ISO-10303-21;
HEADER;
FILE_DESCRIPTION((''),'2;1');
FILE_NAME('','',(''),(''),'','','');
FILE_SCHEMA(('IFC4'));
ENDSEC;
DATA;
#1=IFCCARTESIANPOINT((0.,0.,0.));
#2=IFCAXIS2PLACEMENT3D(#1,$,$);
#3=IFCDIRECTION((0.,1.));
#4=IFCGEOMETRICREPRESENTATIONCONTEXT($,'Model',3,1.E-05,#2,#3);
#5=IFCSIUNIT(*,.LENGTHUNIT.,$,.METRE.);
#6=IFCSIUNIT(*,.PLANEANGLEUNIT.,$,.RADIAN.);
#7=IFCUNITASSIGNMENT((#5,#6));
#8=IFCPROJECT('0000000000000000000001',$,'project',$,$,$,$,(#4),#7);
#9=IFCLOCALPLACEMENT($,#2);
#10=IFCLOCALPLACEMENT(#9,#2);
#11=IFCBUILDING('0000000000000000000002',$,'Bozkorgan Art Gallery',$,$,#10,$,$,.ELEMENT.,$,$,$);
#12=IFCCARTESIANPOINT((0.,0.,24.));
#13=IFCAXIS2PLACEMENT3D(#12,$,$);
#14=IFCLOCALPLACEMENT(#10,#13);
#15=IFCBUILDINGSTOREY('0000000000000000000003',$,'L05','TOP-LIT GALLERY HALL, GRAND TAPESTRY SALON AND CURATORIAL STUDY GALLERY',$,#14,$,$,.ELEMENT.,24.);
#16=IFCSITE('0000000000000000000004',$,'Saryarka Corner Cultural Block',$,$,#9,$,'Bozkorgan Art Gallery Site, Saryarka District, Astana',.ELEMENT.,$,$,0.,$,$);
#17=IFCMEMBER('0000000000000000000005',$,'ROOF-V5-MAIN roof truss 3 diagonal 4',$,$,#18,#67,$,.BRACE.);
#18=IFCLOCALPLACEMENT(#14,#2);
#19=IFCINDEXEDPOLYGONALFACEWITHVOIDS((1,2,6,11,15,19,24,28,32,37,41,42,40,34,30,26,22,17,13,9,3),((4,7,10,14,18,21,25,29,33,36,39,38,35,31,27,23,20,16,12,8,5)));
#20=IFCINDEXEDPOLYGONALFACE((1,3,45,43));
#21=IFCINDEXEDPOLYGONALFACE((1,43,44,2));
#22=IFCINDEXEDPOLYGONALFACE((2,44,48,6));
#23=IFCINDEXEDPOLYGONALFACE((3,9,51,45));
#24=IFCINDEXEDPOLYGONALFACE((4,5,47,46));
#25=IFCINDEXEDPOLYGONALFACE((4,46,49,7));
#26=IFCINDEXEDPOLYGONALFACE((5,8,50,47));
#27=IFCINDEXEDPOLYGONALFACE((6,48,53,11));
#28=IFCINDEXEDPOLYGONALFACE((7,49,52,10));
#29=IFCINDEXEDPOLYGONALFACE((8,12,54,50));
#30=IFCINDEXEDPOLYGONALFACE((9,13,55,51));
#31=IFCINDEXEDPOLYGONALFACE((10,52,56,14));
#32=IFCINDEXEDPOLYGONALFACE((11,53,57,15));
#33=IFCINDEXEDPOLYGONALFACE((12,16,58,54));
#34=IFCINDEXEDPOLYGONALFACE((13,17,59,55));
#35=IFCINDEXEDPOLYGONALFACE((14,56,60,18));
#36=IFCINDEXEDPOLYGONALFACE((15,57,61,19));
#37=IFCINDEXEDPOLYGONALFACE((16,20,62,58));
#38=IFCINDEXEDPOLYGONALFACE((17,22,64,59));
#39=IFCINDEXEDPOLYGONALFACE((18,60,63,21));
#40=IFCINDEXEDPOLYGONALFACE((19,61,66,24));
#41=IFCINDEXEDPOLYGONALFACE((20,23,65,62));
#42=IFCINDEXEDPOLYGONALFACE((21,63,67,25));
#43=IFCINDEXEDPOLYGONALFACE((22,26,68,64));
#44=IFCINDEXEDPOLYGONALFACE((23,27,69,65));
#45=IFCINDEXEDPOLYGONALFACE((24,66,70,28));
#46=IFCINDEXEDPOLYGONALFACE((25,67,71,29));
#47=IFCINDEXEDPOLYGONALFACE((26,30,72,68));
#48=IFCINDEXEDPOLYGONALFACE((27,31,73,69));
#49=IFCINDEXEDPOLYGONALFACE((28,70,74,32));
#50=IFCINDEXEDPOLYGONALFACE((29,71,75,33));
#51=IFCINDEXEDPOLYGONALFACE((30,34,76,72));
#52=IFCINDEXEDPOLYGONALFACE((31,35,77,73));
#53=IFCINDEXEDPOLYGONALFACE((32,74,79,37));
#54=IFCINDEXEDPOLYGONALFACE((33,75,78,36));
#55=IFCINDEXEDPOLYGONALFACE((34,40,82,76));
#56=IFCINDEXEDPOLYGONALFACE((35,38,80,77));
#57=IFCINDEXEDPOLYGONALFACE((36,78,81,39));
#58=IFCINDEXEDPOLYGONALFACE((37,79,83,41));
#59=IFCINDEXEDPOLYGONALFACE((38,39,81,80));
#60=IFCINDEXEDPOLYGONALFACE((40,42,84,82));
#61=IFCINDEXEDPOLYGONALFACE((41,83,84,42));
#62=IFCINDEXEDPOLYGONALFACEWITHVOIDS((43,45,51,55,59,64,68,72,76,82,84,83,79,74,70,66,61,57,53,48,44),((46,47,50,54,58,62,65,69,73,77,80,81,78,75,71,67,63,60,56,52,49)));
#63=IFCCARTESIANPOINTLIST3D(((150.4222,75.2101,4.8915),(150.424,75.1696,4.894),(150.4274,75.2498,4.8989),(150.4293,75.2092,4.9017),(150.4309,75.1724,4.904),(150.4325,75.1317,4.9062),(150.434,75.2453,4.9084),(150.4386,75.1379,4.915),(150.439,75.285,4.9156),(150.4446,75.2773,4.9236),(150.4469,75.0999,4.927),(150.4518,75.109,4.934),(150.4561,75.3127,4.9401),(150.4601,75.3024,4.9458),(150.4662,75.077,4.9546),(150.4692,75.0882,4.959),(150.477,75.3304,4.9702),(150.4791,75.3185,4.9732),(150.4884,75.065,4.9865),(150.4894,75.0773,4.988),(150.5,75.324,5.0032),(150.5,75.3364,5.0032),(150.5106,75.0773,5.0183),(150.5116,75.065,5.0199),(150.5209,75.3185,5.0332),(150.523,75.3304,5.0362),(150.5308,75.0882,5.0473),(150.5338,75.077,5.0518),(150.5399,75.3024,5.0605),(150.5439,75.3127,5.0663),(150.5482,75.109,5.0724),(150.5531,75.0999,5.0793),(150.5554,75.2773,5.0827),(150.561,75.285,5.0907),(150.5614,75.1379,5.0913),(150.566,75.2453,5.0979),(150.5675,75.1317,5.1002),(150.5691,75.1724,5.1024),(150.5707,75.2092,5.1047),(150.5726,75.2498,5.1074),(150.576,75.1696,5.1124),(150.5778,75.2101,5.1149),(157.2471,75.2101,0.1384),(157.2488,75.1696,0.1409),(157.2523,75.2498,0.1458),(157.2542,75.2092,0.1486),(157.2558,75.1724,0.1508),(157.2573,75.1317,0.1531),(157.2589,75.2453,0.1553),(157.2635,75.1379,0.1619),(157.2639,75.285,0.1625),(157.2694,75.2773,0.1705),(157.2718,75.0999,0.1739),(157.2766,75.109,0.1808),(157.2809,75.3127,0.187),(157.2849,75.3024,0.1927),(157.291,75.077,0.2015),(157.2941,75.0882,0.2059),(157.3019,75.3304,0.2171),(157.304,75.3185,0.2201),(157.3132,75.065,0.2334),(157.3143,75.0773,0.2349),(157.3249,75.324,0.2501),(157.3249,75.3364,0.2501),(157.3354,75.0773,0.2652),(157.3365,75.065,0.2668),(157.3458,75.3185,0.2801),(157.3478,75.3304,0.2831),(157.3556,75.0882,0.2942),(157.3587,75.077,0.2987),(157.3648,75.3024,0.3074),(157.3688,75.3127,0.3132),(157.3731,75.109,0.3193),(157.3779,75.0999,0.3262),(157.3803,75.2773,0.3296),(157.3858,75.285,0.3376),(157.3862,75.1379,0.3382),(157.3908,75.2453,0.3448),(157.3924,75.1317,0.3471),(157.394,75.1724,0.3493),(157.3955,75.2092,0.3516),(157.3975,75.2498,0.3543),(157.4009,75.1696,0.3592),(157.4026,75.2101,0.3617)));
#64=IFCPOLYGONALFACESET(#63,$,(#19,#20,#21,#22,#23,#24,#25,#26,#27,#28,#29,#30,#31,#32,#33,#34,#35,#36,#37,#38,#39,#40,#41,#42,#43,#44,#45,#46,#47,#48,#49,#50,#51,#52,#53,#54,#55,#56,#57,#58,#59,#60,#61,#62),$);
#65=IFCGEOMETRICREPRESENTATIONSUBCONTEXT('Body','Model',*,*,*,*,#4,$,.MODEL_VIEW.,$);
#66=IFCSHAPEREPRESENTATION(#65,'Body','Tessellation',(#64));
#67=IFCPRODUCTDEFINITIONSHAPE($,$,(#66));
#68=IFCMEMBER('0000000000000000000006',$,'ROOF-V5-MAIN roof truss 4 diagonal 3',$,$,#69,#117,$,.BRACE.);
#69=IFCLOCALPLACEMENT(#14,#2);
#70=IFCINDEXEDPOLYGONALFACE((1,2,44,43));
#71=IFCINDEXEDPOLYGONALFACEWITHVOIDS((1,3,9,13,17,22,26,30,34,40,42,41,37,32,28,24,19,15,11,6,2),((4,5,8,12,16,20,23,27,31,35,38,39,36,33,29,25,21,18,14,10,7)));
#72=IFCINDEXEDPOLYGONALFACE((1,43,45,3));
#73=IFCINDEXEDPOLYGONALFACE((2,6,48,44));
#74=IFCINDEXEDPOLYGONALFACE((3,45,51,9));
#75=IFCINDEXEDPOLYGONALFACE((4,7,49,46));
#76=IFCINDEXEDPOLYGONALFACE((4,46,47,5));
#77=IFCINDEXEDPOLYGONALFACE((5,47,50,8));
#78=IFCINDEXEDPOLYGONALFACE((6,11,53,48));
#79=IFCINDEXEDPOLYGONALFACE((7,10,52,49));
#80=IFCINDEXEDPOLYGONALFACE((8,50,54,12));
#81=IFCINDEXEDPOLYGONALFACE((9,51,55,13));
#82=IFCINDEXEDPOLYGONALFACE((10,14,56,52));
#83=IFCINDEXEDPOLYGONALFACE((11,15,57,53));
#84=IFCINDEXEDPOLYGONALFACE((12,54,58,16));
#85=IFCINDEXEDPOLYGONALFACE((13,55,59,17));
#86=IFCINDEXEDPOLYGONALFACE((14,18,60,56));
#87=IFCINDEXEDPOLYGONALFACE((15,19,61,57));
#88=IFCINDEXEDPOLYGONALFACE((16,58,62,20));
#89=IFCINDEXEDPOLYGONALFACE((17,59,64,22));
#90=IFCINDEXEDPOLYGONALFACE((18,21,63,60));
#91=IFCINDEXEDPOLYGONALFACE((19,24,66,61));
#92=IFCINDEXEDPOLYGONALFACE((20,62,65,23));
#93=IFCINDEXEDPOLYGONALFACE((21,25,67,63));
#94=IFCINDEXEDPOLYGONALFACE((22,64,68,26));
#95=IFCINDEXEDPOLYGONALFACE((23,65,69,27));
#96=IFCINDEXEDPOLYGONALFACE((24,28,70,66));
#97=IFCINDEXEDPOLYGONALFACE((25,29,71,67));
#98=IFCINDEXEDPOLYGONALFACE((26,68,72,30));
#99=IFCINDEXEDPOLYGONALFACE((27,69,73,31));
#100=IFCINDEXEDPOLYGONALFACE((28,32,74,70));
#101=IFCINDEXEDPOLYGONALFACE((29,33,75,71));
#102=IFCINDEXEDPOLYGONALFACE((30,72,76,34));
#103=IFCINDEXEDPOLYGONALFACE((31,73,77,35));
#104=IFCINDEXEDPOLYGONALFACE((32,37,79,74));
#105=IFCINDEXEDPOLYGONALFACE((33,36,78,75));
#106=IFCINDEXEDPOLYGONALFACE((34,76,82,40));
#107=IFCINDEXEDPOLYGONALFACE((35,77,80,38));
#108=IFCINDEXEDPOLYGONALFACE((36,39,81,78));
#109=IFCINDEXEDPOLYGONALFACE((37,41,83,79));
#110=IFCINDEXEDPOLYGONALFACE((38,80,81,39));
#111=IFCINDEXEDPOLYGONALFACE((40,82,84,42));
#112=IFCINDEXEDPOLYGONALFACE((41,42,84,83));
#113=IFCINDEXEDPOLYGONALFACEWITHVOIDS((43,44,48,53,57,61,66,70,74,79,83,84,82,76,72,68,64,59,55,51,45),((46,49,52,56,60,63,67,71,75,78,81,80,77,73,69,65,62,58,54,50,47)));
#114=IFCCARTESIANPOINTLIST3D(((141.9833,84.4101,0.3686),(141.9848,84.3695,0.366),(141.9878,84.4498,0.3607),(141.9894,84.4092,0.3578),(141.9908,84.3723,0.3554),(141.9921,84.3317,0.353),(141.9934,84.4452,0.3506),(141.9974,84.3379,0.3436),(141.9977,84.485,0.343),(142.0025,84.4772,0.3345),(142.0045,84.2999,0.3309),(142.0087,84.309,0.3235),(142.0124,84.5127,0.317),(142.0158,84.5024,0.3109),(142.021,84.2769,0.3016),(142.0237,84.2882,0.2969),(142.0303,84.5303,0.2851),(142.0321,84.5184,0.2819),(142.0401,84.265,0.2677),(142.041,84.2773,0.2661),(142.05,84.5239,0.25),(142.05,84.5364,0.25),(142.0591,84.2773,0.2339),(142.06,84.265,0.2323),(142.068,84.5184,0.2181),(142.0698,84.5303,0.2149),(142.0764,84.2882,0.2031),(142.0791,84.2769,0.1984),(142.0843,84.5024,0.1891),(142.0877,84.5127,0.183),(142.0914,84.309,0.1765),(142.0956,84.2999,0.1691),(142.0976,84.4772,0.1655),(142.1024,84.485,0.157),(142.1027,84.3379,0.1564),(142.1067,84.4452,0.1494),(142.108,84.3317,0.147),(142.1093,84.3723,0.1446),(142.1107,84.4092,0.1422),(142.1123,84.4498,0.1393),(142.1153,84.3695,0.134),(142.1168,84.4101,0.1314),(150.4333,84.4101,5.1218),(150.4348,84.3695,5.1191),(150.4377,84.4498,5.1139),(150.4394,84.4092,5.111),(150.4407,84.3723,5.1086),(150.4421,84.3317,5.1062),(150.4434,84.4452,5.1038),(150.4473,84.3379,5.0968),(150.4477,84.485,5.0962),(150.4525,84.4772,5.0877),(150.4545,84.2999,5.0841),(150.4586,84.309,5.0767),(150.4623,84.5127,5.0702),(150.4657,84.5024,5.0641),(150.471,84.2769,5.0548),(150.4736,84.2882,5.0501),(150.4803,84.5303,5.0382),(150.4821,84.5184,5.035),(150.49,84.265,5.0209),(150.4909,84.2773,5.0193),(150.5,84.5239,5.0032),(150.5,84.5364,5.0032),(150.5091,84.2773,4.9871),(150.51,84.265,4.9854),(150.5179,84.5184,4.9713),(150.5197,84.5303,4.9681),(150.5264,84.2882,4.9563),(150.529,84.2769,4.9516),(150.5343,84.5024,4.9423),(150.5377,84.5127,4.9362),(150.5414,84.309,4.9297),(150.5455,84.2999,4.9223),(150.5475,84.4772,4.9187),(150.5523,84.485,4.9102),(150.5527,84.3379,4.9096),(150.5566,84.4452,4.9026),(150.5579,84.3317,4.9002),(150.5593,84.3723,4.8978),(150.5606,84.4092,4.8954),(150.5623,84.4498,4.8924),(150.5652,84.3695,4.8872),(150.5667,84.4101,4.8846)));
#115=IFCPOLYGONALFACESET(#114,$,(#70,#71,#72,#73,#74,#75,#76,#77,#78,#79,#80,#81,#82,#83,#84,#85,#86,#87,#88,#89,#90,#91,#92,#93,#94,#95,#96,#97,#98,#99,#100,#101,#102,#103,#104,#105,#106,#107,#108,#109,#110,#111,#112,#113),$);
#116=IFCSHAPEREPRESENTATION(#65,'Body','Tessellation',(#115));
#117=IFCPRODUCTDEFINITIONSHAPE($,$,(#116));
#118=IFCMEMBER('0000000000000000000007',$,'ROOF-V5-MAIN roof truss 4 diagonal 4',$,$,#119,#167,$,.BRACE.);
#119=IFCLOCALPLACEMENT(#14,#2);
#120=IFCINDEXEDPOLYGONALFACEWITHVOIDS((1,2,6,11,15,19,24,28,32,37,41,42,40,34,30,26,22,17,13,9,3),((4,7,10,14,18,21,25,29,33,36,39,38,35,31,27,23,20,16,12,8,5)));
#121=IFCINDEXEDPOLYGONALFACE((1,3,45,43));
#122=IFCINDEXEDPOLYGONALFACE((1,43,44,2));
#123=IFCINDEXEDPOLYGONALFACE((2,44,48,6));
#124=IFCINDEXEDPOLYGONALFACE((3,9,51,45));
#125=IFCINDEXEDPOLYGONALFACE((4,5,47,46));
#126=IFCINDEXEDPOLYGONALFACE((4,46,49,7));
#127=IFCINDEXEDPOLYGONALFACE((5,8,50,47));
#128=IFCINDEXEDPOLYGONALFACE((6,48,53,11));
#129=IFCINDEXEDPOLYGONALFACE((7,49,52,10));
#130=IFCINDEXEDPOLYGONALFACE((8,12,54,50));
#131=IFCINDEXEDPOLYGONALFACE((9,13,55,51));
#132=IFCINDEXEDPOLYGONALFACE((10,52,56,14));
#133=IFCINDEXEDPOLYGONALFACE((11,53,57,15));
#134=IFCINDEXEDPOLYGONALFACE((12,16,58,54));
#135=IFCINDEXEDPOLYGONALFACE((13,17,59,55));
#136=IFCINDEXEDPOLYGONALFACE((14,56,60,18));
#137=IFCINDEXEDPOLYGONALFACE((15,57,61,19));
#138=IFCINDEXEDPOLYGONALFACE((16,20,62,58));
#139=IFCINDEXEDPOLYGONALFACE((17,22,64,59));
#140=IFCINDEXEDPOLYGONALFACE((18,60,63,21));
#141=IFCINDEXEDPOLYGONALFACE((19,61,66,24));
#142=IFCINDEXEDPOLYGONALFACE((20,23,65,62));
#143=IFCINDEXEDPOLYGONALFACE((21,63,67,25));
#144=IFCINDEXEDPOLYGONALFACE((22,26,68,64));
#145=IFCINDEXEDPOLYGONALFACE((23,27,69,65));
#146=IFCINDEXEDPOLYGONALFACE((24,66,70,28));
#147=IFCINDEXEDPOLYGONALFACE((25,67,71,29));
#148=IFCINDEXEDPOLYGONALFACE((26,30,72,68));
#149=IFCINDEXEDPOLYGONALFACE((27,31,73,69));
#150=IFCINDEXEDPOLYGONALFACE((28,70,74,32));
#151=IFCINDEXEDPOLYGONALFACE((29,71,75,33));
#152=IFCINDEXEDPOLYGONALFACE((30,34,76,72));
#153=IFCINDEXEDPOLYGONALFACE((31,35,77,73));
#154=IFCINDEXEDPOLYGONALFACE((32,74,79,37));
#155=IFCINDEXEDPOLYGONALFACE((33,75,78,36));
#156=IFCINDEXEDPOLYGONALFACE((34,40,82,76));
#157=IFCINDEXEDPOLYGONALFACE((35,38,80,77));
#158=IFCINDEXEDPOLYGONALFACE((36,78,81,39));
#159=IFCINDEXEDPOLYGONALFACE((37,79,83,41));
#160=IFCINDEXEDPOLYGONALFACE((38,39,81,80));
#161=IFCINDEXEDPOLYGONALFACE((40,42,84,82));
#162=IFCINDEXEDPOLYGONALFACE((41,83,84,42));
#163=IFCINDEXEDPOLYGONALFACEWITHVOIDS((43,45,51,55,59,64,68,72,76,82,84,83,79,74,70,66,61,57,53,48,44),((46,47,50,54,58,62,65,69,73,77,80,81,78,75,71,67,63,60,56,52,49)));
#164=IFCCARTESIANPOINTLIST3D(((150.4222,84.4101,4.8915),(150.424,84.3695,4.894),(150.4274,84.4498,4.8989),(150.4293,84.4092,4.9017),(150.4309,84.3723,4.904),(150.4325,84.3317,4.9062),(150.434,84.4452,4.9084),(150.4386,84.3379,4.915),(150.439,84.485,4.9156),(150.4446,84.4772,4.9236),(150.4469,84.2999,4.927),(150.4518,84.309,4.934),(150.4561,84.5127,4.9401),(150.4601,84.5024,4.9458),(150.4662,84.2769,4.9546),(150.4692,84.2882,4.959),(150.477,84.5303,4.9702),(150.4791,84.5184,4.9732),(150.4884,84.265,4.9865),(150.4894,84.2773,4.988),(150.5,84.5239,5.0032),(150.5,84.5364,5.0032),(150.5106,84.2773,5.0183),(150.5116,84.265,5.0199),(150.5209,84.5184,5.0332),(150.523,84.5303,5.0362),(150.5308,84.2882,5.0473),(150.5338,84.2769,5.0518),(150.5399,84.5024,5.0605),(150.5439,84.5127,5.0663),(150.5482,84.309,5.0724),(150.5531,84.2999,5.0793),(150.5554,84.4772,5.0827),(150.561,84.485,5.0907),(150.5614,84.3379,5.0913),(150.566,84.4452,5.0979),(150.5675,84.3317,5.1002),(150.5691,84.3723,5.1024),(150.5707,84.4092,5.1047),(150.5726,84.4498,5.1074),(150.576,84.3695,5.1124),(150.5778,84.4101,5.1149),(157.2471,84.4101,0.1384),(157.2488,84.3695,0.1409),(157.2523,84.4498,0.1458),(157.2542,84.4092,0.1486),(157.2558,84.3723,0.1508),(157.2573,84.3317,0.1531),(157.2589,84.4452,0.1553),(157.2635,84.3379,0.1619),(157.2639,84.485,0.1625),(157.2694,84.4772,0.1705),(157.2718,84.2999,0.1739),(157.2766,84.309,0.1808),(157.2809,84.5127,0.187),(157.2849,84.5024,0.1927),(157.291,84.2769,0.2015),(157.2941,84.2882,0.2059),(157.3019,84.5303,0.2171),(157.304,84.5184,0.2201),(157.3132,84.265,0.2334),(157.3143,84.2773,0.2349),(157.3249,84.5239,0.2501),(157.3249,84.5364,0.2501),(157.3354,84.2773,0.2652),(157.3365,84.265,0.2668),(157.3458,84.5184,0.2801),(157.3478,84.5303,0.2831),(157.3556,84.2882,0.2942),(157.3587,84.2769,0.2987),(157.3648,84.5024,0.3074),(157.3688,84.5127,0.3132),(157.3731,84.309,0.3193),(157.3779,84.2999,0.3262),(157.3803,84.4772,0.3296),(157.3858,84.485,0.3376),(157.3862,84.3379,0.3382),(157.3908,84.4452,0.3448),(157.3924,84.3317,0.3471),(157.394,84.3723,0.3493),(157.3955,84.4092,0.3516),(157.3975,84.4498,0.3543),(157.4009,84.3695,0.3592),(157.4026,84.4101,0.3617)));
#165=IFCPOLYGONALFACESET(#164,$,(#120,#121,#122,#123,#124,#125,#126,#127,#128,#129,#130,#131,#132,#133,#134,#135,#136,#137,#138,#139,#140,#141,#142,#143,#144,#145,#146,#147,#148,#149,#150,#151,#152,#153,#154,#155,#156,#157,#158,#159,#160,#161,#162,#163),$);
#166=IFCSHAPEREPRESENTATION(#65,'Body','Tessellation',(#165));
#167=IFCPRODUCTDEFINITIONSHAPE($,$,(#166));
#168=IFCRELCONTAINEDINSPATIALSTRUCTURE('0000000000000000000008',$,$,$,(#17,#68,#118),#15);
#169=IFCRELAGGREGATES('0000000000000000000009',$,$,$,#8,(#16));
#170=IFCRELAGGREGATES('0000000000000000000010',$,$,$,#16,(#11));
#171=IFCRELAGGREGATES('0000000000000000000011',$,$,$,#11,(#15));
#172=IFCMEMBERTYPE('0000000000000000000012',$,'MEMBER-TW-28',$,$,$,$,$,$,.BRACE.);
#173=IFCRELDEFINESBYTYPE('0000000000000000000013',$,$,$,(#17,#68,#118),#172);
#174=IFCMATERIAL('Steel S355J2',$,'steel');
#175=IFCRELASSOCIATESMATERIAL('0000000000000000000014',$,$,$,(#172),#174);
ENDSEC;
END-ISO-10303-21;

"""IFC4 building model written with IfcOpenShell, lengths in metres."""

from ifc_helpers import new_model, si_unit, direction, frame, origin, origin_2d, place, context, subcontext, project, spatial, hollow_circle, extrude, material, material_profile, profile_set, type_object, element, save


model = new_model("IFC4")

# Units and contexts
model_context = context("Model", 3, precision=1e-05, world=origin(), true_north=direction((0.0, 1.0)))
body_context = subcontext(model_context, "Body", "Model", "MODEL_VIEW")
ifc_project = project(units=[si_unit("LENGTHUNIT", "METRE"), si_unit("PLANEANGLEUNIT", "RADIAN")], contexts=[model_context])

# Site, building, storey
site_placement = place(None, origin())
site = spatial("IfcSite", under=ifc_project, at=site_placement, Name="Saryarka Corner Cultural Block", LongName="Bozkorgan Art Gallery Site, Saryarka District, Astana", CompositionType="ELEMENT", RefElevation=0.0)
building_placement = place(site_placement, origin())
building = spatial("IfcBuilding", under=site, at=building_placement, Name="Bozkorgan Art Gallery", CompositionType="ELEMENT")
storey_placement = place(building_placement, frame((0.0, 0.0, 24.0)))
storey = spatial("IfcBuildingStorey", under=building, at=storey_placement, Name="L05", Description="TOP-LIT GALLERY HALL, GRAND TAPESTRY SALON AND CURATORIAL STUDY GALLERY", CompositionType="ELEMENT", Elevation=24.0)

# Members
ifc_material_1 = material(Name="Steel S355J2", Category="steel")
ifc_material_profile_1 = material_profile(ifc_material_1, hollow_circle(Radius=0.1365, WallThickness=0.0125, at=origin_2d()), Name="CHS 273x12.5")
ifc_profile_set_1 = profile_set([ifc_material_profile_1], Name="Steel S355J2")
member_type_1 = type_object("IfcMemberType", Name="MEMBER-TW-28", PredefinedType="BRACE", material=ifc_profile_set_1)
member_1_placement = place(storey_placement, frame((150.5, 75.2, 5.0032), z_axis=(0.820602, 0.0, -0.5715), x_axis=(0.0, 1.0, 0.0)))
element("IfcMember", 1, at=member_1_placement, inside=storey, type_object=member_type_1, Name="ROOF-V5-MAIN roof truss 3 diagonal 4", PredefinedType="BRACE", context=body_context, shape_type="SweptSolid", body=[
    extrude(hollow_circle(Radius=0.1365, WallThickness=0.0125, at=origin_2d()), origin(), (0.0, 0.0, 1.0), 8.3169),
])
member_2_placement = place(storey_placement, frame((142.05, 84.3999, 0.25), z_axis=(0.871572, 0.0, 0.490267), x_axis=(0.0, 1.0, 0.0)))
element("IfcMember", 2, at=member_2_placement, inside=storey, type_object=member_type_1, Name="ROOF-V5-MAIN roof truss 4 diagonal 3", PredefinedType="BRACE", context=body_context, shape_type="SweptSolid", body=[
    extrude(hollow_circle(Radius=0.1365, WallThickness=0.0125, at=origin_2d()), origin(), (0.0, 0.0, 1.0), 9.6951),
])
member_3_placement = place(storey_placement, frame((150.5, 84.3999, 5.0032), z_axis=(0.820602, 0.0, -0.5715), x_axis=(0.0, 1.0, 0.0)))
element("IfcMember", 3, at=member_3_placement, inside=storey, type_object=member_type_1, Name="ROOF-V5-MAIN roof truss 4 diagonal 4", PredefinedType="BRACE", context=body_context, shape_type="SweptSolid", body=[
    extrude(hollow_circle(Radius=0.1365, WallThickness=0.0125, at=origin_2d()), origin(), (0.0, 0.0, 1.0), 8.3169),
])

save(model, "model.ifc")
